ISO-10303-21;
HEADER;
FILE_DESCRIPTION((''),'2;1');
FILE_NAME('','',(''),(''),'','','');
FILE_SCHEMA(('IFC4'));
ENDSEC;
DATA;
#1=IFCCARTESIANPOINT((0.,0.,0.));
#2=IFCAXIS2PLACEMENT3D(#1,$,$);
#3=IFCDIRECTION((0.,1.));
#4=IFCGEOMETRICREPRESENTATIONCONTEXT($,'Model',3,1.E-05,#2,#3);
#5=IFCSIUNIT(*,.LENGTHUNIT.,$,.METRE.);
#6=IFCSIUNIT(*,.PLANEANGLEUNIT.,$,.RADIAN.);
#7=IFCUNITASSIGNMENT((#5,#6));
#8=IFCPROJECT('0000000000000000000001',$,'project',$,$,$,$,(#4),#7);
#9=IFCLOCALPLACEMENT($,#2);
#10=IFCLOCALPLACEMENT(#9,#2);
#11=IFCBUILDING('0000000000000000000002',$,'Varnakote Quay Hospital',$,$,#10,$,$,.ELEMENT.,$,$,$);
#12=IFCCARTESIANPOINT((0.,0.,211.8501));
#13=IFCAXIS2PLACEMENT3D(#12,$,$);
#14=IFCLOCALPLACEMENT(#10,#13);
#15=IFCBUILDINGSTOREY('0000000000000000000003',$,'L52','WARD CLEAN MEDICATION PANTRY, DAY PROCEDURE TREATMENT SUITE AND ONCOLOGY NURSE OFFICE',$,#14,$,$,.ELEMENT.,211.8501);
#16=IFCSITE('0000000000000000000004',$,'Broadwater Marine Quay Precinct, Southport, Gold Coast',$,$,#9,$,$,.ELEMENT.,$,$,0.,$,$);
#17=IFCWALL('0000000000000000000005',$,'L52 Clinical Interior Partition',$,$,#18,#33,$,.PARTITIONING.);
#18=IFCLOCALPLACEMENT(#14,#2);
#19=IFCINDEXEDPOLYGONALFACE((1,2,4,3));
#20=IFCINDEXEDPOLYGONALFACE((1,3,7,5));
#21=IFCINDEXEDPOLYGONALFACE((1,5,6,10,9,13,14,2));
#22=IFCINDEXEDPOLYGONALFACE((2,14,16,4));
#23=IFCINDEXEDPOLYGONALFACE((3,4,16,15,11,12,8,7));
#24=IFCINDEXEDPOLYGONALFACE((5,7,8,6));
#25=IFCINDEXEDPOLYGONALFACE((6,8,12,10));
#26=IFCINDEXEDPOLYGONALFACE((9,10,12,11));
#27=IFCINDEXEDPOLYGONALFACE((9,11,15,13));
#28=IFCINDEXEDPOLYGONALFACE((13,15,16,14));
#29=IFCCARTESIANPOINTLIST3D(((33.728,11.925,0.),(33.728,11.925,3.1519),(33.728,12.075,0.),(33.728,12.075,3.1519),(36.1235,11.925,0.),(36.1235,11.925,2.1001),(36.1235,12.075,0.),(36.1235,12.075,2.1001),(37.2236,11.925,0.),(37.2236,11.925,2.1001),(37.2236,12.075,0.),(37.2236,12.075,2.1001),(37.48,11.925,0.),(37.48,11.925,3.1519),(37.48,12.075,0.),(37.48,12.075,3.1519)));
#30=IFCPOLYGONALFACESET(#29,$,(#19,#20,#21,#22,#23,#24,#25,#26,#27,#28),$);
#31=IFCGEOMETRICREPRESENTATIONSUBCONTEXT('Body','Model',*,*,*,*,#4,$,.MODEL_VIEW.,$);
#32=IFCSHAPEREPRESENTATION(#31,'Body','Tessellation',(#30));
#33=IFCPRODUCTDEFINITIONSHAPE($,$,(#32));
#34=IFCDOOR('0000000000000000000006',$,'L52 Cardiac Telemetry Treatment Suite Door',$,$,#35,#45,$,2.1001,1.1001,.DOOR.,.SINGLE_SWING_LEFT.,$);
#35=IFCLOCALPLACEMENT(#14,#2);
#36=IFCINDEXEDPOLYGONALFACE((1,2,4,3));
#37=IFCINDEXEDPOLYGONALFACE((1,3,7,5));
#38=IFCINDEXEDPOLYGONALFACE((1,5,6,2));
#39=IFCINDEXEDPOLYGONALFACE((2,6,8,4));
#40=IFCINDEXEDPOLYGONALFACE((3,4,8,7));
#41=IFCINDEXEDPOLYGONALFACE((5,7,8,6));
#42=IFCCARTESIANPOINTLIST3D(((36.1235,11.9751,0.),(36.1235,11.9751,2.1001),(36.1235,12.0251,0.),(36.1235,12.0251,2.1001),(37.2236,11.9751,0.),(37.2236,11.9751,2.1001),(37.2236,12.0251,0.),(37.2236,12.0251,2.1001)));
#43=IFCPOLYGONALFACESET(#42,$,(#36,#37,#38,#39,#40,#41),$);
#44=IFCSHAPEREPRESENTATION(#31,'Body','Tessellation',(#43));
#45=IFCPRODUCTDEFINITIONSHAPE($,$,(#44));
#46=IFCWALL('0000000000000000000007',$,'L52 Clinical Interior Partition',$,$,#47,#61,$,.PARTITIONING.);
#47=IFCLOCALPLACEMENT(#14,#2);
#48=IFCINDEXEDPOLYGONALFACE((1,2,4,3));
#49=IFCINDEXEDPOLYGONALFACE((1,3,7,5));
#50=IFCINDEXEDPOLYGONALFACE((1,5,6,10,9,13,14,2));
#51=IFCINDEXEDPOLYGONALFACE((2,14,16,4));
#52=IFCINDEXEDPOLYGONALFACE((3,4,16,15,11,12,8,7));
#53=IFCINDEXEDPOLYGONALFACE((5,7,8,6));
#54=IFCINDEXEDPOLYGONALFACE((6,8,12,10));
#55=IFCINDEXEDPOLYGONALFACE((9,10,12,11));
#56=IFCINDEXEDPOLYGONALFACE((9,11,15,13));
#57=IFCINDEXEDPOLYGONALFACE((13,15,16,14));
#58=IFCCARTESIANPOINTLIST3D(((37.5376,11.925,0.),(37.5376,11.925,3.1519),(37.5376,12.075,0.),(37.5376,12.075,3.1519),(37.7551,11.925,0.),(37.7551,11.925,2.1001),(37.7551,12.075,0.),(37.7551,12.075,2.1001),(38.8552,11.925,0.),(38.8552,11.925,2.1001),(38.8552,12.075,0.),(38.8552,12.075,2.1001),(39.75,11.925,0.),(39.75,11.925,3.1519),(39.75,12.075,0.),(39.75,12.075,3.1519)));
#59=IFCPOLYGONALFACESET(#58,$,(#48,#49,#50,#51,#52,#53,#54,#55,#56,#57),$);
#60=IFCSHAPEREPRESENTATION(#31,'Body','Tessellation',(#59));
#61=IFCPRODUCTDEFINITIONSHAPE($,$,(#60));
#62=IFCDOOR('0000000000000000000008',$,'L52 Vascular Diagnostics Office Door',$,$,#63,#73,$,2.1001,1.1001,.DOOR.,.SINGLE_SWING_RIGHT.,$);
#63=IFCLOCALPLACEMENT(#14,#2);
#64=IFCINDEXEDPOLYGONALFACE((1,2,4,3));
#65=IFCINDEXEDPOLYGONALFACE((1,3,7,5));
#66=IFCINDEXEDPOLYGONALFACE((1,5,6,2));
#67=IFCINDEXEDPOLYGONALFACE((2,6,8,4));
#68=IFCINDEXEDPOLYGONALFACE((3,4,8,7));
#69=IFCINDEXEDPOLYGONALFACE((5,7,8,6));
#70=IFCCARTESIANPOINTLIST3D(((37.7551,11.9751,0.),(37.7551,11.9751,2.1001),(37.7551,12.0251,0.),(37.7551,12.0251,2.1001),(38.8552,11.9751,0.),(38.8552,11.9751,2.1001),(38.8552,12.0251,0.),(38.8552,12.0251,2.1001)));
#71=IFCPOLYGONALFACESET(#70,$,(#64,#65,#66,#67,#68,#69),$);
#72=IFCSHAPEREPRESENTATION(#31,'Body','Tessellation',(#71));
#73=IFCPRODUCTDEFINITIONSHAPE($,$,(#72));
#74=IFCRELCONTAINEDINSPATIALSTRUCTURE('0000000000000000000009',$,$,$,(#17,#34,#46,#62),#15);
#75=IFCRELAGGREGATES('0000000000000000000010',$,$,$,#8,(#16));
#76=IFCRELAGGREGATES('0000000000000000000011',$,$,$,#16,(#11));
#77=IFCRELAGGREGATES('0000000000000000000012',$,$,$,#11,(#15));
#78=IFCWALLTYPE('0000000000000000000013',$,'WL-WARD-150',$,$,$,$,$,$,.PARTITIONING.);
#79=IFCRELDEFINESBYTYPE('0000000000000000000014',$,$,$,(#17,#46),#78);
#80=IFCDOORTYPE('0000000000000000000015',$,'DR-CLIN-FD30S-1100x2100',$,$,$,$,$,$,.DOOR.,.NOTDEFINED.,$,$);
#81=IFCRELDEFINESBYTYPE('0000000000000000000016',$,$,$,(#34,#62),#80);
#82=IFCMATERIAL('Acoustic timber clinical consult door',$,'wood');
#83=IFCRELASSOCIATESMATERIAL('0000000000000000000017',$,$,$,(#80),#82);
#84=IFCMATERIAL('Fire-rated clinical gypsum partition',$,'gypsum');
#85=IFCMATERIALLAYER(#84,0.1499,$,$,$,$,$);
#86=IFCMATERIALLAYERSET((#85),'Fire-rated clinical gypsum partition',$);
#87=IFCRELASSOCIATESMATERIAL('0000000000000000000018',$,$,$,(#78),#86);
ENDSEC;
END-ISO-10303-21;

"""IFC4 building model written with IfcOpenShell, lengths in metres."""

from ifc_helpers import new_model, si_unit, direction, frame, frame_2d, origin, place, context, subcontext, project, spatial, rectangle, extrude, material, layer, layer_set, type_object, element, fill, save


model = new_model("IFC4")

# Units and contexts
model_context = context("Model", 3, precision=1e-05, world=origin(), true_north=direction((0.0, 1.0)))
body_context = subcontext(model_context, "Body", "Model", "MODEL_VIEW")
ifc_project = project(units=[si_unit("LENGTHUNIT", "METRE"), si_unit("PLANEANGLEUNIT", "RADIAN")], contexts=[model_context])

# Site, building, storey
site_placement = place(None, origin())
site = spatial("IfcSite", under=ifc_project, at=site_placement, Name="Broadwater Marine Quay Precinct, Southport, Gold Coast", CompositionType="ELEMENT", RefElevation=0.0)
building_placement = place(site_placement, origin())
building = spatial("IfcBuilding", under=site, at=building_placement, Name="Varnakote Quay Hospital", CompositionType="ELEMENT")
storey_placement = place(building_placement, frame((0.0, 0.0, 211.8501)))
storey = spatial("IfcBuildingStorey", under=building, at=storey_placement, Name="L52", Description="WARD CLEAN MEDICATION PANTRY, DAY PROCEDURE TREATMENT SUITE AND ONCOLOGY NURSE OFFICE", CompositionType="ELEMENT", Elevation=211.8501)

# Shared definitions
ifc_material_1 = material(Name="Acoustic timber clinical consult door", Category="wood")
door_type = type_object("IfcDoorType", Name="DR-CLIN-FD30S-1100x2100", OperationType="NOTDEFINED", PredefinedType="DOOR", material=ifc_material_1)

# Walls, openings, doors
ifc_material_2 = material(Name="Fire-rated clinical gypsum partition", Category="gypsum")
ifc_layer_1 = layer(ifc_material_2, 0.1499)
ifc_layer_set_1 = layer_set([ifc_layer_1], Name="Fire-rated clinical gypsum partition")
wall_type_1 = type_object("IfcWallType", Name="WL-WARD-150", PredefinedType="PARTITIONING", material=ifc_layer_set_1)
wall_1_placement = place(storey_placement, frame((37.48, 12.0, 0.0), z_axis=(0.0, 0.0, 1.0), x_axis=(-1.0, 0.0, 0.0)))
wall_1 = element("IfcWall", 1, at=wall_1_placement, inside=storey, type_object=wall_type_1, Name="L52 Clinical Interior Partition", PredefinedType="PARTITIONING", context=body_context, shape_type="SweptSolid", body=[
    extrude(rectangle(XDim=3.752, YDim=0.1499, at=frame_2d((1.876, 0.0))), origin(), (0.0, 0.0, 1.0), 3.1519),
])
opening_1_placement = place(wall_1_placement, frame((0.2563, 0.0, 0.0)))
opening_1 = element("IfcOpeningElement", 2, at=opening_1_placement, cuts=wall_1, PredefinedType="OPENING", context=body_context, shape_type="SweptSolid", body=[
    extrude(rectangle(XDim=1.1001, YDim=2.1001, at=frame_2d((0.55, 1.05))), frame((0.0, 0.085, 0.0), z_axis=(0.0, -1.0, 0.0), x_axis=(1.0, 0.0, 0.0)), (0.0, 0.0, 1.0), 0.1699),
])
door_1_placement = place(opening_1_placement, origin())
door_1 = element("IfcDoor", 3, at=door_1_placement, inside=storey, type_object=door_type, Name="L52 Cardiac Telemetry Treatment Suite Door", OperationType="SINGLE_SWING_LEFT", OverallHeight=2.1001, OverallWidth=1.1001, PredefinedType="DOOR", context=body_context, shape_type="SweptSolid", body=[
    extrude(rectangle(XDim=1.1001, YDim=2.1001, at=frame_2d((0.55, 1.05))), frame((0.0, 0.0249, 0.0), z_axis=(0.0, -1.0, 0.0), x_axis=(1.0, 0.0, 0.0)), (0.0, 0.0, 1.0), 0.05),
])
fill(opening_1, door_1)
wall_2_placement = place(storey_placement, frame((39.75, 12.0, 0.0), z_axis=(0.0, 0.0, 1.0), x_axis=(-1.0, 0.0, 0.0)))
wall_2 = element("IfcWall", 4, at=wall_2_placement, inside=storey, type_object=wall_type_1, Name="L52 Clinical Interior Partition", PredefinedType="PARTITIONING", context=body_context, shape_type="SweptSolid", body=[
    extrude(rectangle(XDim=2.2124, YDim=0.1499, at=frame_2d((1.1062, 0.0))), origin(), (0.0, 0.0, 1.0), 3.1519),
])
opening_2_placement = place(wall_2_placement, frame((0.8948, 0.0, 0.0)))
opening_2 = element("IfcOpeningElement", 5, at=opening_2_placement, cuts=wall_2, PredefinedType="OPENING", context=body_context, shape_type="SweptSolid", body=[
    extrude(rectangle(XDim=1.1001, YDim=2.1001, at=frame_2d((0.55, 1.05))), frame((0.0, 0.085, 0.0), z_axis=(0.0, -1.0, 0.0), x_axis=(1.0, 0.0, 0.0)), (0.0, 0.0, 1.0), 0.1699),
])
door_2_placement = place(opening_2_placement, origin())
door_2 = element("IfcDoor", 6, at=door_2_placement, inside=storey, type_object=door_type, Name="L52 Vascular Diagnostics Office Door", OperationType="SINGLE_SWING_RIGHT", OverallHeight=2.1001, OverallWidth=1.1001, PredefinedType="DOOR", context=body_context, shape_type="SweptSolid", body=[
    extrude(rectangle(XDim=1.1001, YDim=2.1001, at=frame_2d((0.55, 1.05))), frame((0.0, 0.0249, 0.0), z_axis=(0.0, -1.0, 0.0), x_axis=(1.0, 0.0, 0.0)), (0.0, 0.0, 1.0), 0.05),
])
fill(opening_2, door_2)

save(model, "model.ifc")
